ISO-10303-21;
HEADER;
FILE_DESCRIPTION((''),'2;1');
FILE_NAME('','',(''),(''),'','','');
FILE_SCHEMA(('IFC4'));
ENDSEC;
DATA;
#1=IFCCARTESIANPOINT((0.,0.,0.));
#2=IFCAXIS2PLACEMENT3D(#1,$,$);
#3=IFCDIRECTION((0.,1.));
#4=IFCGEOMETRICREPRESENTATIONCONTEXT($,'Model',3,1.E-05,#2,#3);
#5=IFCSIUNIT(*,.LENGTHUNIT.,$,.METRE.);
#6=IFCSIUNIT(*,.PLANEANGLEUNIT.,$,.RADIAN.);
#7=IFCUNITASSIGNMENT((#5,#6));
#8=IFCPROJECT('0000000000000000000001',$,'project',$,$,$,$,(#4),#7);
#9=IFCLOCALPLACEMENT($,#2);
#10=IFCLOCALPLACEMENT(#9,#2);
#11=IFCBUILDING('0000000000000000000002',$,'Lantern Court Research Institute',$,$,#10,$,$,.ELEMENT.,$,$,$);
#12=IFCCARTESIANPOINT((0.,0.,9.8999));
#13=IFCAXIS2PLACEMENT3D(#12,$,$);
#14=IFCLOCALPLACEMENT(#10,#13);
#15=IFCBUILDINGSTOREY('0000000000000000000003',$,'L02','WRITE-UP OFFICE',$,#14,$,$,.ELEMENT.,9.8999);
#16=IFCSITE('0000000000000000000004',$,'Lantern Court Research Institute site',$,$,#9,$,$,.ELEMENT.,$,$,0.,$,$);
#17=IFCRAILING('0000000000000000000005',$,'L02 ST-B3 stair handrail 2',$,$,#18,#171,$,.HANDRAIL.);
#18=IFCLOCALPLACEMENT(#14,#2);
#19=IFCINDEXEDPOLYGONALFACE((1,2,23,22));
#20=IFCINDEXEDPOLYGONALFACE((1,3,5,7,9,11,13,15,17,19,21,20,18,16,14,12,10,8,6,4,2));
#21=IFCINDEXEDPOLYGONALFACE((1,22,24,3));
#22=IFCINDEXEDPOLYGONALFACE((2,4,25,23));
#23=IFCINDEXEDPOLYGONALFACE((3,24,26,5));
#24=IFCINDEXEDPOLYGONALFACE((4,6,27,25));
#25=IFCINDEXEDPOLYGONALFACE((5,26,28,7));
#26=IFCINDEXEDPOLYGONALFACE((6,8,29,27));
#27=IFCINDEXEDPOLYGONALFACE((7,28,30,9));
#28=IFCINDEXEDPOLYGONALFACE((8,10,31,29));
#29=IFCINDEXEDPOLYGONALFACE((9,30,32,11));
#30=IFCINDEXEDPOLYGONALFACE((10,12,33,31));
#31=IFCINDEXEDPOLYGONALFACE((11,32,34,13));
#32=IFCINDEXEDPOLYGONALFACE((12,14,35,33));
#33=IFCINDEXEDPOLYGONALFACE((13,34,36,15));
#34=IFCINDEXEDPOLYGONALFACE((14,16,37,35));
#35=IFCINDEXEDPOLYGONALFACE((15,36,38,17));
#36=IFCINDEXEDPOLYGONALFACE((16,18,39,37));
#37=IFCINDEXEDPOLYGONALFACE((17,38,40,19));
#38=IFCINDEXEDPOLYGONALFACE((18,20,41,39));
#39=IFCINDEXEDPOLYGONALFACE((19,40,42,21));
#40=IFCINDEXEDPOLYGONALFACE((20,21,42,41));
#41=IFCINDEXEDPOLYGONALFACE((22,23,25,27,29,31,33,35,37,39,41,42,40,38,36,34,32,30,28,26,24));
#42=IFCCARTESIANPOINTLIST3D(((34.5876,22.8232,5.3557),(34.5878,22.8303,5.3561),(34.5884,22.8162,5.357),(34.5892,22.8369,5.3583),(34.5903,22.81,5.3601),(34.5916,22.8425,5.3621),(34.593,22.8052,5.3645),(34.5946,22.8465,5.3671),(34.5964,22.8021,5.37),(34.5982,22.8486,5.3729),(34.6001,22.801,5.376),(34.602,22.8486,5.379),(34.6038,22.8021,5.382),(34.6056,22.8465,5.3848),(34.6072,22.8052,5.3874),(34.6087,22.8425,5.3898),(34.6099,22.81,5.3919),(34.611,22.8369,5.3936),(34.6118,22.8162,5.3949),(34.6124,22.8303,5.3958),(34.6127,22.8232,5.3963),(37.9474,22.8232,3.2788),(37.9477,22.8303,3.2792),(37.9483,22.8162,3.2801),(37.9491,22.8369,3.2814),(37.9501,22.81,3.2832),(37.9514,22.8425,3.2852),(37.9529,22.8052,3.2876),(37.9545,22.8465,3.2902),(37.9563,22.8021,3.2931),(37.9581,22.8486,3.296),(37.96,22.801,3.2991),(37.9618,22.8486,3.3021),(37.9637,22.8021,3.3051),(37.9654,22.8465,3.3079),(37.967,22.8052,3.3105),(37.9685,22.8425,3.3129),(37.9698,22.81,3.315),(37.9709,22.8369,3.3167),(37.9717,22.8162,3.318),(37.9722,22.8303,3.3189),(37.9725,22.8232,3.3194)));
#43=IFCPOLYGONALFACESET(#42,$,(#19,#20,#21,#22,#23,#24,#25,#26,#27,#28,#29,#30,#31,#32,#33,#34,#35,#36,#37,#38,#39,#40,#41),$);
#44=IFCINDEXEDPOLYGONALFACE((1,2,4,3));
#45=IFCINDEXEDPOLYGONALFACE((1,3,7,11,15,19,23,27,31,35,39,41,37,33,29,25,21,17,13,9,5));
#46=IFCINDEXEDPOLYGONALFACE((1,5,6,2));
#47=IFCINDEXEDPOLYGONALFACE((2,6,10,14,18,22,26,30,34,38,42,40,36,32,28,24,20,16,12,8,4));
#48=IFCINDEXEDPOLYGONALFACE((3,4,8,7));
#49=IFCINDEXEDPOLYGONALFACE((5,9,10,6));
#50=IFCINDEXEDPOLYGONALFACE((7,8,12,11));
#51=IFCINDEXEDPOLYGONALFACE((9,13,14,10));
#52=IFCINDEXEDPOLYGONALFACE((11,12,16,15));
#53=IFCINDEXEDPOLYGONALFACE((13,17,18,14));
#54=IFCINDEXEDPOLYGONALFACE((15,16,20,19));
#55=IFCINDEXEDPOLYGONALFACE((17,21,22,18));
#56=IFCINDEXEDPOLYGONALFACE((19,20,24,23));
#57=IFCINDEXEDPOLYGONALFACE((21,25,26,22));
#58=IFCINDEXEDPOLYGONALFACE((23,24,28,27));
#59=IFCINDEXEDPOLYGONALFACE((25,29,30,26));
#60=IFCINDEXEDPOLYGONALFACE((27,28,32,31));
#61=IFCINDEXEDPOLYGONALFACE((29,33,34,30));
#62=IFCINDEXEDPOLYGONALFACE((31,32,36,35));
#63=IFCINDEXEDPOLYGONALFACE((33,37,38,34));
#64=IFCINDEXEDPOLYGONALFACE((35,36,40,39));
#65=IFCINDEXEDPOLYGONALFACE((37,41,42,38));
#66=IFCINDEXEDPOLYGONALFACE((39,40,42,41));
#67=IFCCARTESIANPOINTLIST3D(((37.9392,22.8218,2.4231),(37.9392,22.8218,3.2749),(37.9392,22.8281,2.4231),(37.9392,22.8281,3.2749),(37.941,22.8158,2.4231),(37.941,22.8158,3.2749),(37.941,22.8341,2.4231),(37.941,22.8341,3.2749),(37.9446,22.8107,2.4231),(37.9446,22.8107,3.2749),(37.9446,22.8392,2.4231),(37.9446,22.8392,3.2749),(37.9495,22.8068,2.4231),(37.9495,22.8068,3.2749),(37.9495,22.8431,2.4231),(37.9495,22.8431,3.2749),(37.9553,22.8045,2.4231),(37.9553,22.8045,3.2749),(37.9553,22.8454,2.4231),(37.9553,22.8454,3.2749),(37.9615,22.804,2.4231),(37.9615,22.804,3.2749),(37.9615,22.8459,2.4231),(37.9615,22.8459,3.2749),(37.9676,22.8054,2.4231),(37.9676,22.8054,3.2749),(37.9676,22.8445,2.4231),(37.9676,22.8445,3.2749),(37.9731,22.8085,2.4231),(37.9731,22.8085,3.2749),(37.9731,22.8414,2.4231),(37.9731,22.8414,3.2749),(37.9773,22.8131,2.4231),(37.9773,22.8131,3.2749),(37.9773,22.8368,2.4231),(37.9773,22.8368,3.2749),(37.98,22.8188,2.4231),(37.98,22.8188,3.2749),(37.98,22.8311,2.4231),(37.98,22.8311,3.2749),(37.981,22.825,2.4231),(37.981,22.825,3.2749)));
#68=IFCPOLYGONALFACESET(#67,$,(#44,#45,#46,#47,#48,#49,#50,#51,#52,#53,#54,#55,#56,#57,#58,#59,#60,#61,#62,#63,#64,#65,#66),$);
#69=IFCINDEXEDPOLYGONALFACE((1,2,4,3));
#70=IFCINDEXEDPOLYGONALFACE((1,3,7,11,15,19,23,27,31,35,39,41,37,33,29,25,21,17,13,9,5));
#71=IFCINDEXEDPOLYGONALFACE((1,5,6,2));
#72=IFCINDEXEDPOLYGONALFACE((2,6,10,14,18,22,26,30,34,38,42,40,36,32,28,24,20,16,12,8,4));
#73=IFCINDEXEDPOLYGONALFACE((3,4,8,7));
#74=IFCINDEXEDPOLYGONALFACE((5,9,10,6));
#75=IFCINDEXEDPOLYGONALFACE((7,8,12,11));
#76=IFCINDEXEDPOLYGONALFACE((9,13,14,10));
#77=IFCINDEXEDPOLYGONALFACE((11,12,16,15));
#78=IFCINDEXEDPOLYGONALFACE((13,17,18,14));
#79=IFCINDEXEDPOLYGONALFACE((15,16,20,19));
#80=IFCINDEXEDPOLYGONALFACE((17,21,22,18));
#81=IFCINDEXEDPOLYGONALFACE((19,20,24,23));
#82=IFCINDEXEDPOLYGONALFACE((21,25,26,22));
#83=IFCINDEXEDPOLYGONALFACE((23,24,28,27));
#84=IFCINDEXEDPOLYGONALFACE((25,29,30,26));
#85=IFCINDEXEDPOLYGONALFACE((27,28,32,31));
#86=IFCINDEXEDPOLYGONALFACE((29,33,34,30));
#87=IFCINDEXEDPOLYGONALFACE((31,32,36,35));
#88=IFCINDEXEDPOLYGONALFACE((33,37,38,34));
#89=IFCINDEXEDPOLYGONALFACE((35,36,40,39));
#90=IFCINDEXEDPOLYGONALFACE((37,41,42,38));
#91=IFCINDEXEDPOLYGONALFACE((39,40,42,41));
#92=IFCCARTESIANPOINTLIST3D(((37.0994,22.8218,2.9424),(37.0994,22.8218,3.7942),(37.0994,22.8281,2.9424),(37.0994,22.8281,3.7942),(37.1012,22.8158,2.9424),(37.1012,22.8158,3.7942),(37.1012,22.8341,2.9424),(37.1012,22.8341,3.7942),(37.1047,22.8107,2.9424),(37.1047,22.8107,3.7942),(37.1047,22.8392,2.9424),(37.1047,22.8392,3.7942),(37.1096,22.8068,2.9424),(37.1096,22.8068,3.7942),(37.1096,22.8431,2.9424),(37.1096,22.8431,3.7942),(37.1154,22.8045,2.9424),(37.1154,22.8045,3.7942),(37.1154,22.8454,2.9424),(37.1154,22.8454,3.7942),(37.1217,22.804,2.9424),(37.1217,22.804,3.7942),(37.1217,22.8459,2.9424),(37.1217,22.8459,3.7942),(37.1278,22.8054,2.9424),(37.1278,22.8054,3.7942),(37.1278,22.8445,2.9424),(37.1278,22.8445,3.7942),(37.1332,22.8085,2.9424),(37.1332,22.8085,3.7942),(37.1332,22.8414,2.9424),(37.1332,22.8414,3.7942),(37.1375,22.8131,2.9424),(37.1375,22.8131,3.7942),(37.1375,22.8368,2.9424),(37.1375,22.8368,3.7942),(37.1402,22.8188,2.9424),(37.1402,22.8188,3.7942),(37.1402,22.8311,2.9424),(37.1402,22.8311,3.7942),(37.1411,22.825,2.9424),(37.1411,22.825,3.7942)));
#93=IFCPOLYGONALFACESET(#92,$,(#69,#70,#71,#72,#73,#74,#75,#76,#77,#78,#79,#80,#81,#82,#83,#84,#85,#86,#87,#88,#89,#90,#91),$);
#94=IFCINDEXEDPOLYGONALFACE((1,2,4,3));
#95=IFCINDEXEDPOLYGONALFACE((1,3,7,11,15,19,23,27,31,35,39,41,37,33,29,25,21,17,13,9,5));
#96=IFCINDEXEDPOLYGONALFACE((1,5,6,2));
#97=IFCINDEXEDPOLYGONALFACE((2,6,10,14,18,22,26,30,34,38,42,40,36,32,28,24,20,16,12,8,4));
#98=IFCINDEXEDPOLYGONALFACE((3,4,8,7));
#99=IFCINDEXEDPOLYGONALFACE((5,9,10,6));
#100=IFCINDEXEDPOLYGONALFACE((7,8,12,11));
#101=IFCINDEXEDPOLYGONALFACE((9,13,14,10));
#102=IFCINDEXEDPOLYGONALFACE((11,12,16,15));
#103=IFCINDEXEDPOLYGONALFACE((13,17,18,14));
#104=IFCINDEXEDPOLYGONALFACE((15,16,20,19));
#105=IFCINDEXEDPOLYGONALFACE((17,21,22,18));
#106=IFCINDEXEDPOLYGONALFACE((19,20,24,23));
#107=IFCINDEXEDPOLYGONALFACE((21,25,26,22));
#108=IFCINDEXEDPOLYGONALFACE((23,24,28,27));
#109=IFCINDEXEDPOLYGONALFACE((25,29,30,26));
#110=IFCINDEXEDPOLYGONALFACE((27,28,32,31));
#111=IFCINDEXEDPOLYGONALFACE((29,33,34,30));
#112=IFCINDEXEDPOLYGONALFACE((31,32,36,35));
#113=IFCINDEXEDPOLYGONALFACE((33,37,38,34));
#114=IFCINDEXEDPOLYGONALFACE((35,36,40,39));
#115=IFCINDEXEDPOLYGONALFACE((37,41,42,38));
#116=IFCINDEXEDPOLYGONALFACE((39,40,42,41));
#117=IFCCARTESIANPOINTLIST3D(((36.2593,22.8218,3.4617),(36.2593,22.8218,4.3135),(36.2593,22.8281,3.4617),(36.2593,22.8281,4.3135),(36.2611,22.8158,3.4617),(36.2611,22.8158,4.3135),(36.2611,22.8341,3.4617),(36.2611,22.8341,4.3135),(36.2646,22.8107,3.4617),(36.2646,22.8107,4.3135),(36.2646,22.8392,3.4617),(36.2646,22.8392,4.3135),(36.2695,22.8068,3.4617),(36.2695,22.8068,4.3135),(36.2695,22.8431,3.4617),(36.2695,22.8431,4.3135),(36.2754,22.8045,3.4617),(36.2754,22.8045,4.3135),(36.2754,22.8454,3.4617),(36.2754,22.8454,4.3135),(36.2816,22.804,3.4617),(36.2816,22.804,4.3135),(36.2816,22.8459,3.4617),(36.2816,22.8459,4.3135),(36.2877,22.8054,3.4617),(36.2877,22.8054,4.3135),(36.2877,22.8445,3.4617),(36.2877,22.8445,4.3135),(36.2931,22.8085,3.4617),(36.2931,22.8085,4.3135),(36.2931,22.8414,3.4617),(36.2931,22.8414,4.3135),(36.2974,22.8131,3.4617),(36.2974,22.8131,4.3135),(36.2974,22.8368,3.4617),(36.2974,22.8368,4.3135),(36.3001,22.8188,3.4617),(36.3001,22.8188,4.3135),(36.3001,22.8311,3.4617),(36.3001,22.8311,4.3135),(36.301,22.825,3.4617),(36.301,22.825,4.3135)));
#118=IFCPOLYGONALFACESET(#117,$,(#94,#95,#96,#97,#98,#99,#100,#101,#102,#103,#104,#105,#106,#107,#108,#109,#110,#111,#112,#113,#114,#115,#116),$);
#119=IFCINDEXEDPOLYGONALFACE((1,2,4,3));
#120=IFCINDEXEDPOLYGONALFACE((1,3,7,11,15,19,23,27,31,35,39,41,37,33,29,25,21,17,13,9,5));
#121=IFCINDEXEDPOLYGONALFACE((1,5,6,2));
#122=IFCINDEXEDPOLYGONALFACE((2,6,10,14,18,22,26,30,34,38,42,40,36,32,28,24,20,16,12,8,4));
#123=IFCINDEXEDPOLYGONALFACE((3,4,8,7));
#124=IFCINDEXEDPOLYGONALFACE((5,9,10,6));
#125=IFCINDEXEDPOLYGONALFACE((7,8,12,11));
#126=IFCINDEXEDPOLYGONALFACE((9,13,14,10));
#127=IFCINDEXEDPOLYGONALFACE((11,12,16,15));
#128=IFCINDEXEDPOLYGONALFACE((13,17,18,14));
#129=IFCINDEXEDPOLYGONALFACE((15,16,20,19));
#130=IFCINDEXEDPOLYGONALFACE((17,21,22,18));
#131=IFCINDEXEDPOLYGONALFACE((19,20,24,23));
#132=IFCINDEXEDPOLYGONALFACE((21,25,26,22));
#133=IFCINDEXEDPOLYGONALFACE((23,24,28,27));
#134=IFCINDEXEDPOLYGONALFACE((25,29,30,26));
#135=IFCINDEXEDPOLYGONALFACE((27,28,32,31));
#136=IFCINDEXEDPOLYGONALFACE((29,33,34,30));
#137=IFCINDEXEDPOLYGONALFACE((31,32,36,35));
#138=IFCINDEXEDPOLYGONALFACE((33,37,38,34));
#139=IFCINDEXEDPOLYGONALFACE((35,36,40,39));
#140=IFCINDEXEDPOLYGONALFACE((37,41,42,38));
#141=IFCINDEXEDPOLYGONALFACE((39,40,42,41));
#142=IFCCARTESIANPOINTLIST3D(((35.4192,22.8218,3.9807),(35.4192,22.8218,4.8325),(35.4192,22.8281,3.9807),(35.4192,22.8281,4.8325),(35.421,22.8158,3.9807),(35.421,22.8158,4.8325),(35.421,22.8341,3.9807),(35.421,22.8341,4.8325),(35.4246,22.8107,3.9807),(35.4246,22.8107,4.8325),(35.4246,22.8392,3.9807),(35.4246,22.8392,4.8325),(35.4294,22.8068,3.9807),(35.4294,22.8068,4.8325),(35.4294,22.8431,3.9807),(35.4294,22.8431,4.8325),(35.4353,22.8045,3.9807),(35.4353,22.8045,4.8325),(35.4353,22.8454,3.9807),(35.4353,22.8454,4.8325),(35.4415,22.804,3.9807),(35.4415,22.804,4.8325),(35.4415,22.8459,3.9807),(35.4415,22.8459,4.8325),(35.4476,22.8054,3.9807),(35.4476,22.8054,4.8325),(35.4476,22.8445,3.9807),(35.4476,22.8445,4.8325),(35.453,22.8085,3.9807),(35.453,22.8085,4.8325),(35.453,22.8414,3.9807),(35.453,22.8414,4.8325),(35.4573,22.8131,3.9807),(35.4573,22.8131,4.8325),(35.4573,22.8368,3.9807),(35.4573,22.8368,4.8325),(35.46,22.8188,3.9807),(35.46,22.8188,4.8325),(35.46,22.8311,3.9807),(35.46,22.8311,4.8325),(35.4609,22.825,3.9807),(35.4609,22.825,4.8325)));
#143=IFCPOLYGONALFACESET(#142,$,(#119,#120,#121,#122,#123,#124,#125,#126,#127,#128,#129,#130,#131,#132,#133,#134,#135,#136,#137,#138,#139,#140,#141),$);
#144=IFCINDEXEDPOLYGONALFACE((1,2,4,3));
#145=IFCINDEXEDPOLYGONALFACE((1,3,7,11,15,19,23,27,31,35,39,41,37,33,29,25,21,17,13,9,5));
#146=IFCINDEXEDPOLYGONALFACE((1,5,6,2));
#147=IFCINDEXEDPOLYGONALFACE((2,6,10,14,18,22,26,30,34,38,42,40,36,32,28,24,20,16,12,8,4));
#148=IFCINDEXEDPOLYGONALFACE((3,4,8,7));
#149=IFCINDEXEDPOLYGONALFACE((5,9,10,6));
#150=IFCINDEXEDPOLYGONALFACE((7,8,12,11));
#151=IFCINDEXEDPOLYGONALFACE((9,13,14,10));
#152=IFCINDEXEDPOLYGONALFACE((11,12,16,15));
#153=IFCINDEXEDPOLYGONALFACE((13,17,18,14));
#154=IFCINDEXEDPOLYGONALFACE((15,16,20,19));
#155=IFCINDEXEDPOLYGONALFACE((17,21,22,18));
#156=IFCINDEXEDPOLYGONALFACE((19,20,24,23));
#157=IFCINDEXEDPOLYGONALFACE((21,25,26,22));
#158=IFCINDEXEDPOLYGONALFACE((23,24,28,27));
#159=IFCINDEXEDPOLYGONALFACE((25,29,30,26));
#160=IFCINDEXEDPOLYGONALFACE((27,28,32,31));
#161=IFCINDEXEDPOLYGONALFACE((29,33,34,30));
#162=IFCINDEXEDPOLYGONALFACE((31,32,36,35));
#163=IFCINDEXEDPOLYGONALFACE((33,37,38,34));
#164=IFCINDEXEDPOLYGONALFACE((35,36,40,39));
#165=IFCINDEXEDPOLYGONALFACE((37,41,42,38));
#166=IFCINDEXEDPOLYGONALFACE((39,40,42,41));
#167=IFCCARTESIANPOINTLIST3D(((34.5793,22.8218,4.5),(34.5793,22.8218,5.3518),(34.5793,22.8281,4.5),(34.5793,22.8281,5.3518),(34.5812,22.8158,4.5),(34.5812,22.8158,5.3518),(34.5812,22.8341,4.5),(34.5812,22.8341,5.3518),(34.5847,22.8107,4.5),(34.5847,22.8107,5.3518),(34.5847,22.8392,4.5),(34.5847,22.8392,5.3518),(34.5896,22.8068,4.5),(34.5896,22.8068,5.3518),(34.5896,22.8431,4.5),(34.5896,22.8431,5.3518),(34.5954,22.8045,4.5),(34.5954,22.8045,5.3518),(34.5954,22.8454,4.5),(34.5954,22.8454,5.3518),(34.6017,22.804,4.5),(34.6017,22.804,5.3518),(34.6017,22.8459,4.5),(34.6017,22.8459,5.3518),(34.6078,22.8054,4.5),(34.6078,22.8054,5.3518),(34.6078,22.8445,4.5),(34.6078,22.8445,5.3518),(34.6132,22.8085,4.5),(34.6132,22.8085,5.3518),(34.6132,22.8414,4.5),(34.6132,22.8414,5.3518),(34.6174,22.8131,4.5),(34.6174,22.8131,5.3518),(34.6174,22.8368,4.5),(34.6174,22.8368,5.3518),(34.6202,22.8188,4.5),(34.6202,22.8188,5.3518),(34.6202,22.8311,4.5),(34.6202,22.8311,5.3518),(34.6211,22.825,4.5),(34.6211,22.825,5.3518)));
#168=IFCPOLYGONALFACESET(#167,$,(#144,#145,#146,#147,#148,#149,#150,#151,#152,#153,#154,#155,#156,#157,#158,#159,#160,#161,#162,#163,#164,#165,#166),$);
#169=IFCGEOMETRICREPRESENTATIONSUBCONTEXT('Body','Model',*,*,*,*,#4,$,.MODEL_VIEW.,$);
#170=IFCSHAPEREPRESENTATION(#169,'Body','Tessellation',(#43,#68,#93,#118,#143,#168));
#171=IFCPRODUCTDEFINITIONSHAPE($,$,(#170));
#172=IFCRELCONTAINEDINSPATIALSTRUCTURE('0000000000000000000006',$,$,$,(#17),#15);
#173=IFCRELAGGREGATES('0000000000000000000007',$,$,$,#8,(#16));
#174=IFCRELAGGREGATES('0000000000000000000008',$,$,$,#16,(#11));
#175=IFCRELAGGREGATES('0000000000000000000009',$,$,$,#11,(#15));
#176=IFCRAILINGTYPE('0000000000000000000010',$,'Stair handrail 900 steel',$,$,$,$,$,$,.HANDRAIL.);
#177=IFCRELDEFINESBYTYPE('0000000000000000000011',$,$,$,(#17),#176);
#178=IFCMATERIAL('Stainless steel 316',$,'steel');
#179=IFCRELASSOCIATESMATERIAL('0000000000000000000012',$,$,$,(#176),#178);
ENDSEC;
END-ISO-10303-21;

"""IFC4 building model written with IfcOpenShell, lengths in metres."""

from ifc_helpers import new_model, si_unit, direction, frame, origin, origin_2d, place, context, subcontext, project, spatial, circle, extrude, material, type_object, element, save


model = new_model("IFC4")

# Units and contexts
model_context = context("Model", 3, precision=1e-05, world=origin(), true_north=direction((0.0, 1.0)))
body_context = subcontext(model_context, "Body", "Model", "MODEL_VIEW")
ifc_project = project(units=[si_unit("LENGTHUNIT", "METRE"), si_unit("PLANEANGLEUNIT", "RADIAN")], contexts=[model_context])

# Site, building, storey
site_placement = place(None, origin())
site = spatial("IfcSite", under=ifc_project, at=site_placement, Name="Lantern Court Research Institute site", CompositionType="ELEMENT", RefElevation=0.0)
building_placement = place(site_placement, origin())
building = spatial("IfcBuilding", under=site, at=building_placement, Name="Lantern Court Research Institute", CompositionType="ELEMENT")
storey_placement = place(building_placement, frame((0.0, 0.0, 9.8999)))
storey = spatial("IfcBuildingStorey", under=building, at=storey_placement, Name="L02", Description="WRITE-UP OFFICE", CompositionType="ELEMENT", Elevation=9.8999)

# Railing
ifc_material_1 = material(Name="Stainless steel 316", Category="steel")
railing_type_1 = type_object("IfcRailingType", Name="Stair handrail 900 steel", PredefinedType="HANDRAIL", material=ifc_material_1)
railing_1_placement = place(storey_placement, frame((37.96, 22.825, 2.4231)))
element("IfcRailing", 1, at=railing_1_placement, inside=storey, type_object=railing_type_1, Name="L02 ST-B3 stair handrail 2", PredefinedType="HANDRAIL", context=body_context, shape_type="SweptSolid", body=[
    extrude(circle(Radius=0.0239, at=origin_2d()), frame((0.0, 0.0, 0.876), z_axis=(-0.850606, 0.0, 0.525803), x_axis=(0.0, -1.0, 0.0)), (0.0, 0.0, 1.0), 3.95),
    extrude(circle(Radius=0.021, at=origin_2d()), origin(), (0.0, 0.0, 1.0), 0.8518),
    extrude(circle(Radius=0.021, at=origin_2d()), frame((-0.8398, 0.0, 0.5193)), (0.0, 0.0, 1.0), 0.8518),
    extrude(circle(Radius=0.021, at=origin_2d()), frame((-1.6799, 0.0, 1.0386)), (0.0, 0.0, 1.0), 0.8518),
    extrude(circle(Radius=0.021, at=origin_2d()), frame((-2.52, 0.0, 1.5576)), (0.0, 0.0, 1.0), 0.8518),
    extrude(circle(Radius=0.021, at=origin_2d()), frame((-3.3599, 0.0, 2.0769)), (0.0, 0.0, 1.0), 0.8518),
])

save(model, "model.ifc")
